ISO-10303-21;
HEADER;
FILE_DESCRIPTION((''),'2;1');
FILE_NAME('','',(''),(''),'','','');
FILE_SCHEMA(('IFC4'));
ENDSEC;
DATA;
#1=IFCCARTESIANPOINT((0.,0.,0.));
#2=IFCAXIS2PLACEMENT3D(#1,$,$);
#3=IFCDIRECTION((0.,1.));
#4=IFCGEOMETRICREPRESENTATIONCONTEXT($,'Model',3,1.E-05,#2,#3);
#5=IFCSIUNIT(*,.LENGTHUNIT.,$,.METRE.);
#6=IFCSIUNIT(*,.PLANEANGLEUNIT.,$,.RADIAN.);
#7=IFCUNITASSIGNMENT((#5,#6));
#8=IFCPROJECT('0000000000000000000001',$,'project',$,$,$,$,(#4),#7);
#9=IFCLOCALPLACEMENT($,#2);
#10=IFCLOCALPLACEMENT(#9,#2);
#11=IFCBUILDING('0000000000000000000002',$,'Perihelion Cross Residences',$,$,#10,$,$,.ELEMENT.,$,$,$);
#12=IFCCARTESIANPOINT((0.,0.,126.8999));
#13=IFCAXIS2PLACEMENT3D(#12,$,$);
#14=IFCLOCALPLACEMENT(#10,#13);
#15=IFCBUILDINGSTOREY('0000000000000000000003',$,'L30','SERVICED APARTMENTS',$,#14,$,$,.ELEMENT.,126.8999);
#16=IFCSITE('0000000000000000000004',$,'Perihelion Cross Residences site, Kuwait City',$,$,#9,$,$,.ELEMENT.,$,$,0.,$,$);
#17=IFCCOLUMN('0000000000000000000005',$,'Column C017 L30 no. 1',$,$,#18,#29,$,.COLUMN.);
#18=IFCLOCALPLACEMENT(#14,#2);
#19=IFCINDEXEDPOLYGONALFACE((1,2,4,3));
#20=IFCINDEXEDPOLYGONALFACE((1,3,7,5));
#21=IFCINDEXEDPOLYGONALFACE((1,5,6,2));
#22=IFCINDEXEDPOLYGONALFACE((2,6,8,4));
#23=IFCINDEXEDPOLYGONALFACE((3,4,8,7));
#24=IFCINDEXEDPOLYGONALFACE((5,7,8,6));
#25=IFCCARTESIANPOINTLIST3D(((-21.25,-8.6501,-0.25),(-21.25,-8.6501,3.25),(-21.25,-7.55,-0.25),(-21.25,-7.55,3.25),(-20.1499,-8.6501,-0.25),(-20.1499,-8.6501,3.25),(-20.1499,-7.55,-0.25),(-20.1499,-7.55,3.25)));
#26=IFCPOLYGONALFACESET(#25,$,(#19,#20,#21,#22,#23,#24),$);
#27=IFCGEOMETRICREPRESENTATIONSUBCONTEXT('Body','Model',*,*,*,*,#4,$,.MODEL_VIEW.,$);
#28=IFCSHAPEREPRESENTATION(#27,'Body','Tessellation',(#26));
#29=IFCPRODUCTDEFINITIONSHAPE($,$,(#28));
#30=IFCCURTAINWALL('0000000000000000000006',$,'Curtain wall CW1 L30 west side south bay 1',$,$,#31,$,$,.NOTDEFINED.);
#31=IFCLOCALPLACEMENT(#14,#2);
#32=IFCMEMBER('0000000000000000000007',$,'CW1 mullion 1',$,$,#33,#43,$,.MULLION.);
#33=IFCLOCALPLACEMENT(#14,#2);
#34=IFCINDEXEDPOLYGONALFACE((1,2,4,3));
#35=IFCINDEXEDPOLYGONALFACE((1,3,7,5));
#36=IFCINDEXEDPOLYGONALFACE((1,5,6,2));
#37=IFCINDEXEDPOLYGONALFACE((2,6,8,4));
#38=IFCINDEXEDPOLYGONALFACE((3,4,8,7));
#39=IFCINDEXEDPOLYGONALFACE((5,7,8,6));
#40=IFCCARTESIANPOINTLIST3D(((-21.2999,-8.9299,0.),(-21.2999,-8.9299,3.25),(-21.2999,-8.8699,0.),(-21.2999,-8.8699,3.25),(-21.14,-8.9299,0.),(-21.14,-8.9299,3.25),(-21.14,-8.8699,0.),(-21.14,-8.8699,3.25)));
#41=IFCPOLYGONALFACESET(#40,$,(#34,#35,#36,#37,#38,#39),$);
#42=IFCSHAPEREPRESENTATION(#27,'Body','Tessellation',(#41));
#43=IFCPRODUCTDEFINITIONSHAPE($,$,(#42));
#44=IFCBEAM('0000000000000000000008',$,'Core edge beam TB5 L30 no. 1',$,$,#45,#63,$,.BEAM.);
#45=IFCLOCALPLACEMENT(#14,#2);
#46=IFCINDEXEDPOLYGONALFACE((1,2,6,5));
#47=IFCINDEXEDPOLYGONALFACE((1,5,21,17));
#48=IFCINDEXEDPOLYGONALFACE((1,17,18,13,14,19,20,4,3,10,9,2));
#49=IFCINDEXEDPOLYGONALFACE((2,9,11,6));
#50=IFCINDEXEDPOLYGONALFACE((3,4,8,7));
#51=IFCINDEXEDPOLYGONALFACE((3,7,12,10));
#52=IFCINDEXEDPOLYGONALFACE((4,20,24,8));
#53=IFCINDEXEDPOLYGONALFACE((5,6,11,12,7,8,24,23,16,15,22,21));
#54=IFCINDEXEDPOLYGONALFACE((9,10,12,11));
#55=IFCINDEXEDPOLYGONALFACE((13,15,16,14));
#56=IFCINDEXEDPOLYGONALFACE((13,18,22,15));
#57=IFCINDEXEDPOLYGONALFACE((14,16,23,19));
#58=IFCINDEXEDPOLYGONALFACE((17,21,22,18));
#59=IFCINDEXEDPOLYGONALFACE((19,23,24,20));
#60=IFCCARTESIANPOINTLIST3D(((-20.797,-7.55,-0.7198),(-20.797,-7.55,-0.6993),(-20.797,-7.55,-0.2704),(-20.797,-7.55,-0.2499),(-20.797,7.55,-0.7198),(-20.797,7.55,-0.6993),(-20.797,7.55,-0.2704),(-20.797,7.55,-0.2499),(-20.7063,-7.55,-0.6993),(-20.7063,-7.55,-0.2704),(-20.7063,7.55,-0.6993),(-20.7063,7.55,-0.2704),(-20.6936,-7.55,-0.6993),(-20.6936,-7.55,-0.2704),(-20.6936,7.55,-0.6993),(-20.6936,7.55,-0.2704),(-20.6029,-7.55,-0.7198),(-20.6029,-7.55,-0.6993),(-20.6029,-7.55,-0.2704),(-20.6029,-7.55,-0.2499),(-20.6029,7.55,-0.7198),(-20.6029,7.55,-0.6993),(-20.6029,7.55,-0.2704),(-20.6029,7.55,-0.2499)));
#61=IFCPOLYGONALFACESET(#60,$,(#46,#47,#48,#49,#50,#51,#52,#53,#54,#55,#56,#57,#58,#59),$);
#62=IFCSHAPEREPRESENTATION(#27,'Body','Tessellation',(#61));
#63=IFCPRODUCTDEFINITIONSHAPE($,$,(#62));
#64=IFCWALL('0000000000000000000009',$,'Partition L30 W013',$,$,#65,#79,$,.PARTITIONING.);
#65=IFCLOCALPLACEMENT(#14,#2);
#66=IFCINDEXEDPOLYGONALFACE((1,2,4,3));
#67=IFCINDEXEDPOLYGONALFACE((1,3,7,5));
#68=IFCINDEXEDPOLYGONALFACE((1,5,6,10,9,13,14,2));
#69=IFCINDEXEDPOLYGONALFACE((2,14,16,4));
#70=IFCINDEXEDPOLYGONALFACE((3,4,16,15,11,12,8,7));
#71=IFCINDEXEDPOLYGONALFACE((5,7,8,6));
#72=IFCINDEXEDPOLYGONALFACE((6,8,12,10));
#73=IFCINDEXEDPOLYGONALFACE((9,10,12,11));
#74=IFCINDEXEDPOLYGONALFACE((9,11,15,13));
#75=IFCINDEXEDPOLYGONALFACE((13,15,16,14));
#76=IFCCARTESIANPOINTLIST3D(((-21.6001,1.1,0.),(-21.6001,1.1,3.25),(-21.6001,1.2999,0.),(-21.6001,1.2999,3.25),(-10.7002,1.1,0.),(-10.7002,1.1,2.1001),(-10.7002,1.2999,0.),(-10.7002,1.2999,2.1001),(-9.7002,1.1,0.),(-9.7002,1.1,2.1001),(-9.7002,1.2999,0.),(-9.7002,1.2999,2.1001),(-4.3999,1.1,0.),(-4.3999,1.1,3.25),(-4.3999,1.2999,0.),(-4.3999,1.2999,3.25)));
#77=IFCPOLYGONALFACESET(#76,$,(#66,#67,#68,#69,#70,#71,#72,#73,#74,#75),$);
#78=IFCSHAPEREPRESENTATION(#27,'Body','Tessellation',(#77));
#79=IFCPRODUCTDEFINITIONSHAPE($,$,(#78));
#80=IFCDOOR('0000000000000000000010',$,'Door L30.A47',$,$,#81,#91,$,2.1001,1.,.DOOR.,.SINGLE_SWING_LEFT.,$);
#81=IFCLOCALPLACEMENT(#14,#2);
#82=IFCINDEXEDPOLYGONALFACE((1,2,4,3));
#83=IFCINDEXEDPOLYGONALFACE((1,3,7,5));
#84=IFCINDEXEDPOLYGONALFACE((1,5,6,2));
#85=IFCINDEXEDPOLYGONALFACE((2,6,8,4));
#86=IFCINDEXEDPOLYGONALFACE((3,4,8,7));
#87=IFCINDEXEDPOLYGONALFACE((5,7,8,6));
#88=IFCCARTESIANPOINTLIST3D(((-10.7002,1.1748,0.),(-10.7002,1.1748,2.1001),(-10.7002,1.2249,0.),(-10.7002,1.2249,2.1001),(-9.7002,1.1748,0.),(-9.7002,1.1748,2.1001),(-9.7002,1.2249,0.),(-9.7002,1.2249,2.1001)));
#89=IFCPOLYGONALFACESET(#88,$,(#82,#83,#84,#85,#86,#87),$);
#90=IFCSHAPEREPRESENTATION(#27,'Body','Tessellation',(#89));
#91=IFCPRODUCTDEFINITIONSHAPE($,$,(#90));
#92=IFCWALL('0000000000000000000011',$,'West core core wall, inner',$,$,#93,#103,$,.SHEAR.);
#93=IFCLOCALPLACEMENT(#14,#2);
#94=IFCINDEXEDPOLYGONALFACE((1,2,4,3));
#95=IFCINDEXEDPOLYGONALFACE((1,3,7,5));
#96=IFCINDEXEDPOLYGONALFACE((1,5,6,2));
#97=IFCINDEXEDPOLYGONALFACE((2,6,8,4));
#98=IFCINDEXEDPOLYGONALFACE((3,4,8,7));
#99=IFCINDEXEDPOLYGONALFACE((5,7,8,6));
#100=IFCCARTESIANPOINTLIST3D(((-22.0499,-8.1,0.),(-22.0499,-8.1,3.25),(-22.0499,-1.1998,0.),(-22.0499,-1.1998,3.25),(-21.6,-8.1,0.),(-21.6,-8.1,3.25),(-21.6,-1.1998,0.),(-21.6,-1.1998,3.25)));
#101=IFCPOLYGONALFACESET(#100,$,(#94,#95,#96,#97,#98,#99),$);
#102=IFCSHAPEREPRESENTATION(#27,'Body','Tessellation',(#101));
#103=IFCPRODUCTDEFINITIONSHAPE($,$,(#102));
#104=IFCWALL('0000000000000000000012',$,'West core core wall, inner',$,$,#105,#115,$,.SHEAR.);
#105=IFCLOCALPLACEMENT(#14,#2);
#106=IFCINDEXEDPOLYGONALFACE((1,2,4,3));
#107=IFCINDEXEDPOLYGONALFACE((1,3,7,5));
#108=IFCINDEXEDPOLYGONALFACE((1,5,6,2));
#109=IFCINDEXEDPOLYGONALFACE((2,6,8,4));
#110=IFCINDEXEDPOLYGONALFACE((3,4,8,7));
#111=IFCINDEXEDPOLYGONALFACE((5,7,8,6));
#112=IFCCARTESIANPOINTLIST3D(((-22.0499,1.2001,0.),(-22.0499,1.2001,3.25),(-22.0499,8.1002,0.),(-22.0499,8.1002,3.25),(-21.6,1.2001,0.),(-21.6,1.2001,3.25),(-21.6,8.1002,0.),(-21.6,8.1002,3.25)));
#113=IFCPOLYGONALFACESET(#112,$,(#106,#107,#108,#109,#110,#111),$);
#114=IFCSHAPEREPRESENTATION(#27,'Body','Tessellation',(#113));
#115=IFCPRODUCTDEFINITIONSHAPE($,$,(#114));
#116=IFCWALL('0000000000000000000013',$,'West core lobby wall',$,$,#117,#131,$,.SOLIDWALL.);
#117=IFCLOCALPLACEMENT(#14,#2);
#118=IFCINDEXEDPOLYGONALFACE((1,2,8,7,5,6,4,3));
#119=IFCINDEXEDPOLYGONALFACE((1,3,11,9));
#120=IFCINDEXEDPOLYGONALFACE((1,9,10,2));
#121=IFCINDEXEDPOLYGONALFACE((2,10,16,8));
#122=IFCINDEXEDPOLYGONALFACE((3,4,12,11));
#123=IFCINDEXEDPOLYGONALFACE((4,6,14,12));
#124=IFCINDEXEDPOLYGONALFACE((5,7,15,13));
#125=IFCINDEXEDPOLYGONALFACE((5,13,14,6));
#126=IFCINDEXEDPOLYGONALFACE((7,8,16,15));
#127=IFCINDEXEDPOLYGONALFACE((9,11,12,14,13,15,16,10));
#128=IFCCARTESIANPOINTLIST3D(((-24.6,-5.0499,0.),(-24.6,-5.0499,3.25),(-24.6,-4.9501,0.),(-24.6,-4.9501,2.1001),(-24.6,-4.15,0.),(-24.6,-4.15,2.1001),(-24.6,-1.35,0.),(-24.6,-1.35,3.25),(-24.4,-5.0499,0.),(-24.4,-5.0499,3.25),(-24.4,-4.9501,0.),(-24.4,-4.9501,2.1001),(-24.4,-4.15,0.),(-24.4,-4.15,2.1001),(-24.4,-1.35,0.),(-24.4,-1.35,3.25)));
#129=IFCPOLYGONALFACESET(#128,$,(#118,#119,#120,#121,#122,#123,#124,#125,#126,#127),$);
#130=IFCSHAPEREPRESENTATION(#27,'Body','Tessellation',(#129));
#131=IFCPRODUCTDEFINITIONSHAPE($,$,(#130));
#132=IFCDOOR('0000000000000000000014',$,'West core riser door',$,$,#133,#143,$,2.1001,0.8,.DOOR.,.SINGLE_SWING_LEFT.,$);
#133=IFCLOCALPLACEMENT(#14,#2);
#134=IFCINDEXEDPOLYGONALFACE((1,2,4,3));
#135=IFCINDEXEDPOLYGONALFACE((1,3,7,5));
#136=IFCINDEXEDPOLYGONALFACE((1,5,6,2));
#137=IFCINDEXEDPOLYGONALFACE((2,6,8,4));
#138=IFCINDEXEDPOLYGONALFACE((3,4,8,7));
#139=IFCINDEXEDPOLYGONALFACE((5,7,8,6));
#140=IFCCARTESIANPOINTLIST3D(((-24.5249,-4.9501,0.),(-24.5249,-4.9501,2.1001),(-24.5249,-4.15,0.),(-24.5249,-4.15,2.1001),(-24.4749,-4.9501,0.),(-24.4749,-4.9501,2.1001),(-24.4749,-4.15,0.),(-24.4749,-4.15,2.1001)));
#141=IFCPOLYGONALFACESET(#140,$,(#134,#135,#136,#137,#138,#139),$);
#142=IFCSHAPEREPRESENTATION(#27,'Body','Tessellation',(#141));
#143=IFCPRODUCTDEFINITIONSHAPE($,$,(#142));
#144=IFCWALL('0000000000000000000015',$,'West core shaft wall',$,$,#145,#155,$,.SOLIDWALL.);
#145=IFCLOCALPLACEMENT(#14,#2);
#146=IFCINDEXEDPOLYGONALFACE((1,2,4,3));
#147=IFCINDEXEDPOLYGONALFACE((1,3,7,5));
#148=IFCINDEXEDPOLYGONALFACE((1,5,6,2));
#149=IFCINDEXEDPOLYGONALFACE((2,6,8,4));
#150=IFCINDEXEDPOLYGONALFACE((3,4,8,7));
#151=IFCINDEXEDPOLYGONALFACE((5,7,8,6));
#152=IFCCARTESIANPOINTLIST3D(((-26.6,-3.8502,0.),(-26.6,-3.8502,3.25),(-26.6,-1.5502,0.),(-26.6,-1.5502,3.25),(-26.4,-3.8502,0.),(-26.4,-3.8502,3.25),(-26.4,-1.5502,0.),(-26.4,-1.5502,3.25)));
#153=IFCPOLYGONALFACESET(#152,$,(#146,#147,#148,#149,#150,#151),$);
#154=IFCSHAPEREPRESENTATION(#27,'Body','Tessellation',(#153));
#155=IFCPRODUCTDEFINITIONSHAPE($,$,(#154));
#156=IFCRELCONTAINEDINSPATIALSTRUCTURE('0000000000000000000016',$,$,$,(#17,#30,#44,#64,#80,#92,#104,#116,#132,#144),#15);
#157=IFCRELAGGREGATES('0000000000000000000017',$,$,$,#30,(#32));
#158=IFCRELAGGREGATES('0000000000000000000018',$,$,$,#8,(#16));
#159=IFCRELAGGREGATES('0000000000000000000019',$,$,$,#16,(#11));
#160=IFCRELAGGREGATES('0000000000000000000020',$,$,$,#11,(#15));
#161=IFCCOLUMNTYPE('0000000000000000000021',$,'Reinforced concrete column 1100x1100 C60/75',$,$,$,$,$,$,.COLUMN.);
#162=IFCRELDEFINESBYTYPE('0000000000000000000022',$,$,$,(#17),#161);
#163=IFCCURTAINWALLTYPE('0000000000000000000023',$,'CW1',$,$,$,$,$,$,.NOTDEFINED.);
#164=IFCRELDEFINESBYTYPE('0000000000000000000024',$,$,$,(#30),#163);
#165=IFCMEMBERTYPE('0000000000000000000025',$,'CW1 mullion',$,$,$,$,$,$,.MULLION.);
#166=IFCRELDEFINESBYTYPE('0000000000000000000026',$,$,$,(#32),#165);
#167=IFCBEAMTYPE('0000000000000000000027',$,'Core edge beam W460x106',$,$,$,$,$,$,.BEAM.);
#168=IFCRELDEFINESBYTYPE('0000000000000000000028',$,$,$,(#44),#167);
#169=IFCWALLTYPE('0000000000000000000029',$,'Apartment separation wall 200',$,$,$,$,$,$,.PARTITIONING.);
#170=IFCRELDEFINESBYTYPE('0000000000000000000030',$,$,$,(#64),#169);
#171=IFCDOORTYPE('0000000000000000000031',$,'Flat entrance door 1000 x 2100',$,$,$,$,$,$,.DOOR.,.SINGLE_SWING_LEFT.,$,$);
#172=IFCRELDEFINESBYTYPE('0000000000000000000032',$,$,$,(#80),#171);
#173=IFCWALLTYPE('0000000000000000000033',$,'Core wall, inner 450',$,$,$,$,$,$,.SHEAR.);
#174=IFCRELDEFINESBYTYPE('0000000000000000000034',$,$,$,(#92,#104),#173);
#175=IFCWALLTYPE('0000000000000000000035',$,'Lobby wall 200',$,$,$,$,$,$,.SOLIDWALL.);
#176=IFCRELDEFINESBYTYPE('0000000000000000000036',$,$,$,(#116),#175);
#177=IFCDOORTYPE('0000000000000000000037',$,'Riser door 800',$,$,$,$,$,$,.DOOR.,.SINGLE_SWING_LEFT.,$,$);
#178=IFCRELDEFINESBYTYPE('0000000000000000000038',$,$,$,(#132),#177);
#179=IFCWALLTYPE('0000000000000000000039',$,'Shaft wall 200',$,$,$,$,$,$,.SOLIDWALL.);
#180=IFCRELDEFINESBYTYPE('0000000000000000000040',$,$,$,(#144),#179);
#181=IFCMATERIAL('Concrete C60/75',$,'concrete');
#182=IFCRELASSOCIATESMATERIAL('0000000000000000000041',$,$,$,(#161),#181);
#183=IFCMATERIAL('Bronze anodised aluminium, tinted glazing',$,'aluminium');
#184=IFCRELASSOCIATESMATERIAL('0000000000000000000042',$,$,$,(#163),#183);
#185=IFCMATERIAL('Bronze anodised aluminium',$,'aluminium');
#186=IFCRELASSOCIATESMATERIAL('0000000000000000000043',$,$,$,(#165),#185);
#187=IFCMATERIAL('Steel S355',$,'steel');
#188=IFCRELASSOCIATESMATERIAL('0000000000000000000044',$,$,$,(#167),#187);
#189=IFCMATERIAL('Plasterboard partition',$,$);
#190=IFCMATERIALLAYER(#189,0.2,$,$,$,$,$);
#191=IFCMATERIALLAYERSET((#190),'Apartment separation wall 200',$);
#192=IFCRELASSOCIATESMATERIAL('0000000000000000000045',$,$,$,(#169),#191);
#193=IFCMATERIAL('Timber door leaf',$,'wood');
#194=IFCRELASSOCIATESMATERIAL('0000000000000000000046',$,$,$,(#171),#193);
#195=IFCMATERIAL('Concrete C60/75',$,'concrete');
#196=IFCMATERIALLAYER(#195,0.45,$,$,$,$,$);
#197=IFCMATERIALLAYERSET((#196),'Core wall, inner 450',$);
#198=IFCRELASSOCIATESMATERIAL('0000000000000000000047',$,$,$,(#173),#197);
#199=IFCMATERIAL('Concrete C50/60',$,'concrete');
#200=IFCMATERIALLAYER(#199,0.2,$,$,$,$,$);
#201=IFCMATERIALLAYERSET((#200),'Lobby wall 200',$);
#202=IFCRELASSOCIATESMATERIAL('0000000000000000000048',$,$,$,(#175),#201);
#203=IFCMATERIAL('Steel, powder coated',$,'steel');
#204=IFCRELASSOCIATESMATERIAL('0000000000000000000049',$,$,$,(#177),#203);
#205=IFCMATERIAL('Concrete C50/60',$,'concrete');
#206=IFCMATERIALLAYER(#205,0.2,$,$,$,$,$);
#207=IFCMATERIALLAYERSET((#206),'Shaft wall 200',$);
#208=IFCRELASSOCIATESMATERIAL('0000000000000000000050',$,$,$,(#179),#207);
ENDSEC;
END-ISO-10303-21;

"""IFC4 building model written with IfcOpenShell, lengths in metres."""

from ifc_helpers import new_model, si_unit, direction, frame, frame_2d, origin, origin_2d, place, context, subcontext, project, spatial, rectangle, i_section, extrude, material, layer, layer_set, material_profile, profile_set, type_object, element, fill, aggregate, save


model = new_model("IFC4")

# Units and contexts
model_context = context("Model", 3, precision=1e-05, world=origin(), true_north=direction((0.0, 1.0)))
body_context = subcontext(model_context, "Body", "Model", "MODEL_VIEW")
ifc_project = project(units=[si_unit("LENGTHUNIT", "METRE"), si_unit("PLANEANGLEUNIT", "RADIAN")], contexts=[model_context])

# Site, building, storey
site_placement = place(None, origin())
site = spatial("IfcSite", under=ifc_project, at=site_placement, Name="Perihelion Cross Residences site, Kuwait City", CompositionType="ELEMENT", RefElevation=0.0)
building_placement = place(site_placement, origin())
building = spatial("IfcBuilding", under=site, at=building_placement, Name="Perihelion Cross Residences", CompositionType="ELEMENT")
storey_placement = place(building_placement, frame((0.0, 0.0, 126.8999)))
storey = spatial("IfcBuildingStorey", under=building, at=storey_placement, Name="L30", Description="SERVICED APARTMENTS", CompositionType="ELEMENT", Elevation=126.8999)

# Column
ifc_material_1 = material(Name="Concrete C60/75", Category="concrete")
ifc_material_profile_1 = material_profile(ifc_material_1, rectangle(XDim=1.1001, YDim=1.1001, at=origin_2d()), Name="RC 1100x1100")
ifc_profile_set_1 = profile_set([ifc_material_profile_1], Name="Concrete C60/75")
column_type = type_object("IfcColumnType", Name="Reinforced concrete column 1100x1100 C60/75", PredefinedType="COLUMN", material=ifc_profile_set_1)
column_placement = place(storey_placement, frame((-20.7, -8.1001, -0.25), z_axis=(0.0, 0.0, 1.0), x_axis=(1.0, 0.0, 0.0)))
element("IfcColumn", 1, at=column_placement, inside=storey, type_object=column_type, Name="Column C017 L30 no. 1", PredefinedType="COLUMN", context=body_context, shape_type="SweptSolid", body=[
    extrude(rectangle(XDim=1.1001, YDim=1.1001, at=origin_2d()), origin(), (0.0, 0.0, 1.0), 3.5),
])

# Curtain wall, member
ifc_material_2 = material(Name="Bronze anodised aluminium, tinted glazing", Category="aluminium")
curtain_wall_type = type_object("IfcCurtainWallType", Name="CW1", PredefinedType="NOTDEFINED", material=ifc_material_2)
curtain_wall_placement = place(storey_placement, origin())
curtain_wall = element("IfcCurtainWall", 2, at=curtain_wall_placement, inside=storey, type_object=curtain_wall_type, Name="Curtain wall CW1 L30 west side south bay 1", PredefinedType="NOTDEFINED")
ifc_material_3 = material(Name="Bronze anodised aluminium", Category="aluminium")
ifc_material_profile_2 = material_profile(ifc_material_3, rectangle(XDim=0.0601, YDim=0.1599, at=origin_2d()), Name="CW1 mullion")
ifc_profile_set_2 = profile_set([ifc_material_profile_2], Name="Bronze anodised aluminium")
member_type = type_object("IfcMemberType", Name="CW1 mullion", PredefinedType="MULLION", material=ifc_profile_set_2)
member_placement = place(storey_placement, frame((-21.22, -8.8999, 0.0), z_axis=(0.0, 0.0, 1.0), x_axis=(0.0, 1.0, 0.0)))
member = element("IfcMember", 3, at=member_placement, type_object=member_type, Name="CW1 mullion 1", PredefinedType="MULLION", context=body_context, shape_type="SweptSolid", body=[
    extrude(rectangle(XDim=0.0601, YDim=0.1599, at=origin_2d()), origin(), (0.0, 0.0, 1.0), 3.25),
])
aggregate(curtain_wall, [member])

# Beam
ifc_material_4 = material(Name="Steel S355", Category="steel")
ifc_material_profile_3 = material_profile(ifc_material_4, i_section(OverallWidth=0.1941, OverallDepth=0.47, WebThickness=0.0127, FlangeThickness=0.0205, at=origin_2d()), Name="W460x106")
ifc_profile_set_3 = profile_set([ifc_material_profile_3], Name="Steel S355")
beam_type = type_object("IfcBeamType", Name="Core edge beam W460x106", PredefinedType="BEAM", material=ifc_profile_set_3)
beam_placement = place(storey_placement, frame((-20.7, -7.55, -0.4849), z_axis=(0.0, 1.0, 0.0), x_axis=(-1.0, 0.0, 0.0)))
element("IfcBeam", 4, at=beam_placement, inside=storey, type_object=beam_type, Name="Core edge beam TB5 L30 no. 1", PredefinedType="BEAM", context=body_context, shape_type="SweptSolid", body=[
    extrude(i_section(OverallWidth=0.1941, OverallDepth=0.47, WebThickness=0.0127, FlangeThickness=0.0205, at=origin_2d()), origin(), (0.0, 0.0, 1.0), 15.1001),
])

# Wall, opening, door
ifc_material_5 = material(Name="Plasterboard partition")
ifc_layer_1 = layer(ifc_material_5, 0.2)
ifc_layer_set_1 = layer_set([ifc_layer_1], Name="Apartment separation wall 200")
wall_type_1 = type_object("IfcWallType", Name="Apartment separation wall 200", PredefinedType="PARTITIONING", material=ifc_layer_set_1)
wall_1_placement = place(storey_placement, frame((-21.6001, 1.2, 0.0), z_axis=(0.0, 0.0, 1.0), x_axis=(1.0, 0.0, 0.0)))
wall_1 = element("IfcWall", 5, at=wall_1_placement, inside=storey, type_object=wall_type_1, Name="Partition L30 W013", PredefinedType="PARTITIONING", context=body_context, shape_type="SweptSolid", body=[
    extrude(rectangle(XDim=17.2002, YDim=0.2, at=frame_2d((8.6001, 0.0))), origin(), (0.0, 0.0, 1.0), 3.25),
])
opening_1_placement = place(wall_1_placement, frame((10.8999, 0.0, 0.0)))
opening_1 = element("IfcOpeningElement", 6, at=opening_1_placement, cuts=wall_1, PredefinedType="OPENING", context=body_context, shape_type="SweptSolid", body=[
    extrude(rectangle(XDim=1.0, YDim=2.1001, at=frame_2d((0.5, 1.05))), frame((0.0, 0.1099, 0.0), z_axis=(0.0, -1.0, 0.0), x_axis=(1.0, 0.0, 0.0)), (0.0, 0.0, 1.0), 0.22),
])
ifc_material_6 = material(Name="Timber door leaf", Category="wood")
door_type_1 = type_object("IfcDoorType", Name="Flat entrance door 1000 x 2100", OperationType="SINGLE_SWING_LEFT", PredefinedType="DOOR", material=ifc_material_6)
door_1_placement = place(opening_1_placement, origin())
door_1 = element("IfcDoor", 7, at=door_1_placement, inside=storey, type_object=door_type_1, Name="Door L30.A47", OperationType="SINGLE_SWING_LEFT", OverallHeight=2.1001, OverallWidth=1.0, PredefinedType="DOOR", context=body_context, shape_type="SweptSolid", body=[
    extrude(rectangle(XDim=1.0, YDim=2.1001, at=frame_2d((0.5, 1.05))), frame((0.0, 0.0249, 0.0), z_axis=(0.0, -1.0, 0.0), x_axis=(1.0, 0.0, 0.0)), (0.0, 0.0, 1.0), 0.05),
])
fill(opening_1, door_1)

# Walls
ifc_material_7 = material(Name="Concrete C60/75", Category="concrete")
ifc_layer_2 = layer(ifc_material_7, 0.45)
ifc_layer_set_2 = layer_set([ifc_layer_2], Name="Core wall, inner 450")
wall_type_2 = type_object("IfcWallType", Name="Core wall, inner 450", PredefinedType="SHEAR", material=ifc_layer_set_2)
for number, where, z_axis, x_axis, name in (
    (8, (-21.825, -8.1001, 0.0), (0.0, 0.0, 1.0), (0.0, 1.0, 0.0), "West core core wall, inner"),
    (9, (-21.825, 1.2, 0.0), (0.0, 0.0, 1.0), (0.0, 1.0, 0.0), "West core core wall, inner"),
):
    element("IfcWall", number, at=place(storey_placement, frame(where, z_axis=z_axis, x_axis=x_axis)), inside=storey, type_object=wall_type_2, Name=name, PredefinedType="SHEAR", context=body_context, shape_type="SweptSolid", body=[
        extrude(rectangle(XDim=6.9001, YDim=0.45, at=frame_2d((3.4502, 0.0))), origin(), (0.0, 0.0, 1.0), 3.25),
    ])

# Wall, opening, door
ifc_material_8 = material(Name="Concrete C50/60", Category="concrete")
ifc_layer_3 = layer(ifc_material_8, 0.2)
ifc_layer_set_3 = layer_set([ifc_layer_3], Name="Lobby wall 200")
wall_type_3 = type_object("IfcWallType", Name="Lobby wall 200", PredefinedType="SOLIDWALL", material=ifc_layer_set_3)
wall_2_placement = place(storey_placement, frame((-24.5, -5.05, 0.0), z_axis=(0.0, 0.0, 1.0), x_axis=(0.0, 1.0, 0.0)))
wall_2 = element("IfcWall", 10, at=wall_2_placement, inside=storey, type_object=wall_type_3, Name="West core lobby wall", PredefinedType="SOLIDWALL", context=body_context, shape_type="SweptSolid", body=[
    extrude(rectangle(XDim=3.7, YDim=0.2, at=frame_2d((1.8501, 0.0))), origin(), (0.0, 0.0, 1.0), 3.25),
])
opening_2_placement = place(wall_2_placement, frame((0.1001, 0.0, 0.0)))
opening_2 = element("IfcOpeningElement", 11, at=opening_2_placement, cuts=wall_2, PredefinedType="OPENING", context=body_context, shape_type="SweptSolid", body=[
    extrude(rectangle(XDim=0.8, YDim=2.1001, at=frame_2d((0.3999, 1.05))), frame((0.0, 0.1099, 0.0), z_axis=(0.0, -1.0, 0.0), x_axis=(1.0, 0.0, 0.0)), (0.0, 0.0, 1.0), 0.22),
])
ifc_material_9 = material(Name="Steel, powder coated", Category="steel")
door_type_2 = type_object("IfcDoorType", Name="Riser door 800", OperationType="SINGLE_SWING_LEFT", PredefinedType="DOOR", material=ifc_material_9)
door_2_placement = place(opening_2_placement, origin())
door_2 = element("IfcDoor", 12, at=door_2_placement, inside=storey, type_object=door_type_2, Name="West core riser door", OperationType="SINGLE_SWING_LEFT", OverallHeight=2.1001, OverallWidth=0.8, PredefinedType="DOOR", context=body_context, shape_type="SweptSolid", body=[
    extrude(rectangle(XDim=0.8, YDim=2.1001, at=frame_2d((0.3999, 1.05))), frame((0.0, 0.0249, 0.0), z_axis=(0.0, -1.0, 0.0), x_axis=(1.0, 0.0, 0.0)), (0.0, 0.0, 1.0), 0.05),
])
fill(opening_2, door_2)

# Wall
ifc_material_10 = material(Name="Concrete C50/60", Category="concrete")
ifc_layer_4 = layer(ifc_material_10, 0.2)
ifc_layer_set_4 = layer_set([ifc_layer_4], Name="Shaft wall 200")
wall_type_4 = type_object("IfcWallType", Name="Shaft wall 200", PredefinedType="SOLIDWALL", material=ifc_layer_set_4)
wall_3_placement = place(storey_placement, frame((-26.5, -3.8501, 0.0), z_axis=(0.0, 0.0, 1.0), x_axis=(0.0, 1.0, 0.0)))
element("IfcWall", 13, at=wall_3_placement, inside=storey, type_object=wall_type_4, Name="West core shaft wall", PredefinedType="SOLIDWALL", context=body_context, shape_type="SweptSolid", body=[
    extrude(rectangle(XDim=2.3, YDim=0.2, at=frame_2d((1.1499, 0.0))), origin(), (0.0, 0.0, 1.0), 3.25),
])

save(model, "model.ifc")
